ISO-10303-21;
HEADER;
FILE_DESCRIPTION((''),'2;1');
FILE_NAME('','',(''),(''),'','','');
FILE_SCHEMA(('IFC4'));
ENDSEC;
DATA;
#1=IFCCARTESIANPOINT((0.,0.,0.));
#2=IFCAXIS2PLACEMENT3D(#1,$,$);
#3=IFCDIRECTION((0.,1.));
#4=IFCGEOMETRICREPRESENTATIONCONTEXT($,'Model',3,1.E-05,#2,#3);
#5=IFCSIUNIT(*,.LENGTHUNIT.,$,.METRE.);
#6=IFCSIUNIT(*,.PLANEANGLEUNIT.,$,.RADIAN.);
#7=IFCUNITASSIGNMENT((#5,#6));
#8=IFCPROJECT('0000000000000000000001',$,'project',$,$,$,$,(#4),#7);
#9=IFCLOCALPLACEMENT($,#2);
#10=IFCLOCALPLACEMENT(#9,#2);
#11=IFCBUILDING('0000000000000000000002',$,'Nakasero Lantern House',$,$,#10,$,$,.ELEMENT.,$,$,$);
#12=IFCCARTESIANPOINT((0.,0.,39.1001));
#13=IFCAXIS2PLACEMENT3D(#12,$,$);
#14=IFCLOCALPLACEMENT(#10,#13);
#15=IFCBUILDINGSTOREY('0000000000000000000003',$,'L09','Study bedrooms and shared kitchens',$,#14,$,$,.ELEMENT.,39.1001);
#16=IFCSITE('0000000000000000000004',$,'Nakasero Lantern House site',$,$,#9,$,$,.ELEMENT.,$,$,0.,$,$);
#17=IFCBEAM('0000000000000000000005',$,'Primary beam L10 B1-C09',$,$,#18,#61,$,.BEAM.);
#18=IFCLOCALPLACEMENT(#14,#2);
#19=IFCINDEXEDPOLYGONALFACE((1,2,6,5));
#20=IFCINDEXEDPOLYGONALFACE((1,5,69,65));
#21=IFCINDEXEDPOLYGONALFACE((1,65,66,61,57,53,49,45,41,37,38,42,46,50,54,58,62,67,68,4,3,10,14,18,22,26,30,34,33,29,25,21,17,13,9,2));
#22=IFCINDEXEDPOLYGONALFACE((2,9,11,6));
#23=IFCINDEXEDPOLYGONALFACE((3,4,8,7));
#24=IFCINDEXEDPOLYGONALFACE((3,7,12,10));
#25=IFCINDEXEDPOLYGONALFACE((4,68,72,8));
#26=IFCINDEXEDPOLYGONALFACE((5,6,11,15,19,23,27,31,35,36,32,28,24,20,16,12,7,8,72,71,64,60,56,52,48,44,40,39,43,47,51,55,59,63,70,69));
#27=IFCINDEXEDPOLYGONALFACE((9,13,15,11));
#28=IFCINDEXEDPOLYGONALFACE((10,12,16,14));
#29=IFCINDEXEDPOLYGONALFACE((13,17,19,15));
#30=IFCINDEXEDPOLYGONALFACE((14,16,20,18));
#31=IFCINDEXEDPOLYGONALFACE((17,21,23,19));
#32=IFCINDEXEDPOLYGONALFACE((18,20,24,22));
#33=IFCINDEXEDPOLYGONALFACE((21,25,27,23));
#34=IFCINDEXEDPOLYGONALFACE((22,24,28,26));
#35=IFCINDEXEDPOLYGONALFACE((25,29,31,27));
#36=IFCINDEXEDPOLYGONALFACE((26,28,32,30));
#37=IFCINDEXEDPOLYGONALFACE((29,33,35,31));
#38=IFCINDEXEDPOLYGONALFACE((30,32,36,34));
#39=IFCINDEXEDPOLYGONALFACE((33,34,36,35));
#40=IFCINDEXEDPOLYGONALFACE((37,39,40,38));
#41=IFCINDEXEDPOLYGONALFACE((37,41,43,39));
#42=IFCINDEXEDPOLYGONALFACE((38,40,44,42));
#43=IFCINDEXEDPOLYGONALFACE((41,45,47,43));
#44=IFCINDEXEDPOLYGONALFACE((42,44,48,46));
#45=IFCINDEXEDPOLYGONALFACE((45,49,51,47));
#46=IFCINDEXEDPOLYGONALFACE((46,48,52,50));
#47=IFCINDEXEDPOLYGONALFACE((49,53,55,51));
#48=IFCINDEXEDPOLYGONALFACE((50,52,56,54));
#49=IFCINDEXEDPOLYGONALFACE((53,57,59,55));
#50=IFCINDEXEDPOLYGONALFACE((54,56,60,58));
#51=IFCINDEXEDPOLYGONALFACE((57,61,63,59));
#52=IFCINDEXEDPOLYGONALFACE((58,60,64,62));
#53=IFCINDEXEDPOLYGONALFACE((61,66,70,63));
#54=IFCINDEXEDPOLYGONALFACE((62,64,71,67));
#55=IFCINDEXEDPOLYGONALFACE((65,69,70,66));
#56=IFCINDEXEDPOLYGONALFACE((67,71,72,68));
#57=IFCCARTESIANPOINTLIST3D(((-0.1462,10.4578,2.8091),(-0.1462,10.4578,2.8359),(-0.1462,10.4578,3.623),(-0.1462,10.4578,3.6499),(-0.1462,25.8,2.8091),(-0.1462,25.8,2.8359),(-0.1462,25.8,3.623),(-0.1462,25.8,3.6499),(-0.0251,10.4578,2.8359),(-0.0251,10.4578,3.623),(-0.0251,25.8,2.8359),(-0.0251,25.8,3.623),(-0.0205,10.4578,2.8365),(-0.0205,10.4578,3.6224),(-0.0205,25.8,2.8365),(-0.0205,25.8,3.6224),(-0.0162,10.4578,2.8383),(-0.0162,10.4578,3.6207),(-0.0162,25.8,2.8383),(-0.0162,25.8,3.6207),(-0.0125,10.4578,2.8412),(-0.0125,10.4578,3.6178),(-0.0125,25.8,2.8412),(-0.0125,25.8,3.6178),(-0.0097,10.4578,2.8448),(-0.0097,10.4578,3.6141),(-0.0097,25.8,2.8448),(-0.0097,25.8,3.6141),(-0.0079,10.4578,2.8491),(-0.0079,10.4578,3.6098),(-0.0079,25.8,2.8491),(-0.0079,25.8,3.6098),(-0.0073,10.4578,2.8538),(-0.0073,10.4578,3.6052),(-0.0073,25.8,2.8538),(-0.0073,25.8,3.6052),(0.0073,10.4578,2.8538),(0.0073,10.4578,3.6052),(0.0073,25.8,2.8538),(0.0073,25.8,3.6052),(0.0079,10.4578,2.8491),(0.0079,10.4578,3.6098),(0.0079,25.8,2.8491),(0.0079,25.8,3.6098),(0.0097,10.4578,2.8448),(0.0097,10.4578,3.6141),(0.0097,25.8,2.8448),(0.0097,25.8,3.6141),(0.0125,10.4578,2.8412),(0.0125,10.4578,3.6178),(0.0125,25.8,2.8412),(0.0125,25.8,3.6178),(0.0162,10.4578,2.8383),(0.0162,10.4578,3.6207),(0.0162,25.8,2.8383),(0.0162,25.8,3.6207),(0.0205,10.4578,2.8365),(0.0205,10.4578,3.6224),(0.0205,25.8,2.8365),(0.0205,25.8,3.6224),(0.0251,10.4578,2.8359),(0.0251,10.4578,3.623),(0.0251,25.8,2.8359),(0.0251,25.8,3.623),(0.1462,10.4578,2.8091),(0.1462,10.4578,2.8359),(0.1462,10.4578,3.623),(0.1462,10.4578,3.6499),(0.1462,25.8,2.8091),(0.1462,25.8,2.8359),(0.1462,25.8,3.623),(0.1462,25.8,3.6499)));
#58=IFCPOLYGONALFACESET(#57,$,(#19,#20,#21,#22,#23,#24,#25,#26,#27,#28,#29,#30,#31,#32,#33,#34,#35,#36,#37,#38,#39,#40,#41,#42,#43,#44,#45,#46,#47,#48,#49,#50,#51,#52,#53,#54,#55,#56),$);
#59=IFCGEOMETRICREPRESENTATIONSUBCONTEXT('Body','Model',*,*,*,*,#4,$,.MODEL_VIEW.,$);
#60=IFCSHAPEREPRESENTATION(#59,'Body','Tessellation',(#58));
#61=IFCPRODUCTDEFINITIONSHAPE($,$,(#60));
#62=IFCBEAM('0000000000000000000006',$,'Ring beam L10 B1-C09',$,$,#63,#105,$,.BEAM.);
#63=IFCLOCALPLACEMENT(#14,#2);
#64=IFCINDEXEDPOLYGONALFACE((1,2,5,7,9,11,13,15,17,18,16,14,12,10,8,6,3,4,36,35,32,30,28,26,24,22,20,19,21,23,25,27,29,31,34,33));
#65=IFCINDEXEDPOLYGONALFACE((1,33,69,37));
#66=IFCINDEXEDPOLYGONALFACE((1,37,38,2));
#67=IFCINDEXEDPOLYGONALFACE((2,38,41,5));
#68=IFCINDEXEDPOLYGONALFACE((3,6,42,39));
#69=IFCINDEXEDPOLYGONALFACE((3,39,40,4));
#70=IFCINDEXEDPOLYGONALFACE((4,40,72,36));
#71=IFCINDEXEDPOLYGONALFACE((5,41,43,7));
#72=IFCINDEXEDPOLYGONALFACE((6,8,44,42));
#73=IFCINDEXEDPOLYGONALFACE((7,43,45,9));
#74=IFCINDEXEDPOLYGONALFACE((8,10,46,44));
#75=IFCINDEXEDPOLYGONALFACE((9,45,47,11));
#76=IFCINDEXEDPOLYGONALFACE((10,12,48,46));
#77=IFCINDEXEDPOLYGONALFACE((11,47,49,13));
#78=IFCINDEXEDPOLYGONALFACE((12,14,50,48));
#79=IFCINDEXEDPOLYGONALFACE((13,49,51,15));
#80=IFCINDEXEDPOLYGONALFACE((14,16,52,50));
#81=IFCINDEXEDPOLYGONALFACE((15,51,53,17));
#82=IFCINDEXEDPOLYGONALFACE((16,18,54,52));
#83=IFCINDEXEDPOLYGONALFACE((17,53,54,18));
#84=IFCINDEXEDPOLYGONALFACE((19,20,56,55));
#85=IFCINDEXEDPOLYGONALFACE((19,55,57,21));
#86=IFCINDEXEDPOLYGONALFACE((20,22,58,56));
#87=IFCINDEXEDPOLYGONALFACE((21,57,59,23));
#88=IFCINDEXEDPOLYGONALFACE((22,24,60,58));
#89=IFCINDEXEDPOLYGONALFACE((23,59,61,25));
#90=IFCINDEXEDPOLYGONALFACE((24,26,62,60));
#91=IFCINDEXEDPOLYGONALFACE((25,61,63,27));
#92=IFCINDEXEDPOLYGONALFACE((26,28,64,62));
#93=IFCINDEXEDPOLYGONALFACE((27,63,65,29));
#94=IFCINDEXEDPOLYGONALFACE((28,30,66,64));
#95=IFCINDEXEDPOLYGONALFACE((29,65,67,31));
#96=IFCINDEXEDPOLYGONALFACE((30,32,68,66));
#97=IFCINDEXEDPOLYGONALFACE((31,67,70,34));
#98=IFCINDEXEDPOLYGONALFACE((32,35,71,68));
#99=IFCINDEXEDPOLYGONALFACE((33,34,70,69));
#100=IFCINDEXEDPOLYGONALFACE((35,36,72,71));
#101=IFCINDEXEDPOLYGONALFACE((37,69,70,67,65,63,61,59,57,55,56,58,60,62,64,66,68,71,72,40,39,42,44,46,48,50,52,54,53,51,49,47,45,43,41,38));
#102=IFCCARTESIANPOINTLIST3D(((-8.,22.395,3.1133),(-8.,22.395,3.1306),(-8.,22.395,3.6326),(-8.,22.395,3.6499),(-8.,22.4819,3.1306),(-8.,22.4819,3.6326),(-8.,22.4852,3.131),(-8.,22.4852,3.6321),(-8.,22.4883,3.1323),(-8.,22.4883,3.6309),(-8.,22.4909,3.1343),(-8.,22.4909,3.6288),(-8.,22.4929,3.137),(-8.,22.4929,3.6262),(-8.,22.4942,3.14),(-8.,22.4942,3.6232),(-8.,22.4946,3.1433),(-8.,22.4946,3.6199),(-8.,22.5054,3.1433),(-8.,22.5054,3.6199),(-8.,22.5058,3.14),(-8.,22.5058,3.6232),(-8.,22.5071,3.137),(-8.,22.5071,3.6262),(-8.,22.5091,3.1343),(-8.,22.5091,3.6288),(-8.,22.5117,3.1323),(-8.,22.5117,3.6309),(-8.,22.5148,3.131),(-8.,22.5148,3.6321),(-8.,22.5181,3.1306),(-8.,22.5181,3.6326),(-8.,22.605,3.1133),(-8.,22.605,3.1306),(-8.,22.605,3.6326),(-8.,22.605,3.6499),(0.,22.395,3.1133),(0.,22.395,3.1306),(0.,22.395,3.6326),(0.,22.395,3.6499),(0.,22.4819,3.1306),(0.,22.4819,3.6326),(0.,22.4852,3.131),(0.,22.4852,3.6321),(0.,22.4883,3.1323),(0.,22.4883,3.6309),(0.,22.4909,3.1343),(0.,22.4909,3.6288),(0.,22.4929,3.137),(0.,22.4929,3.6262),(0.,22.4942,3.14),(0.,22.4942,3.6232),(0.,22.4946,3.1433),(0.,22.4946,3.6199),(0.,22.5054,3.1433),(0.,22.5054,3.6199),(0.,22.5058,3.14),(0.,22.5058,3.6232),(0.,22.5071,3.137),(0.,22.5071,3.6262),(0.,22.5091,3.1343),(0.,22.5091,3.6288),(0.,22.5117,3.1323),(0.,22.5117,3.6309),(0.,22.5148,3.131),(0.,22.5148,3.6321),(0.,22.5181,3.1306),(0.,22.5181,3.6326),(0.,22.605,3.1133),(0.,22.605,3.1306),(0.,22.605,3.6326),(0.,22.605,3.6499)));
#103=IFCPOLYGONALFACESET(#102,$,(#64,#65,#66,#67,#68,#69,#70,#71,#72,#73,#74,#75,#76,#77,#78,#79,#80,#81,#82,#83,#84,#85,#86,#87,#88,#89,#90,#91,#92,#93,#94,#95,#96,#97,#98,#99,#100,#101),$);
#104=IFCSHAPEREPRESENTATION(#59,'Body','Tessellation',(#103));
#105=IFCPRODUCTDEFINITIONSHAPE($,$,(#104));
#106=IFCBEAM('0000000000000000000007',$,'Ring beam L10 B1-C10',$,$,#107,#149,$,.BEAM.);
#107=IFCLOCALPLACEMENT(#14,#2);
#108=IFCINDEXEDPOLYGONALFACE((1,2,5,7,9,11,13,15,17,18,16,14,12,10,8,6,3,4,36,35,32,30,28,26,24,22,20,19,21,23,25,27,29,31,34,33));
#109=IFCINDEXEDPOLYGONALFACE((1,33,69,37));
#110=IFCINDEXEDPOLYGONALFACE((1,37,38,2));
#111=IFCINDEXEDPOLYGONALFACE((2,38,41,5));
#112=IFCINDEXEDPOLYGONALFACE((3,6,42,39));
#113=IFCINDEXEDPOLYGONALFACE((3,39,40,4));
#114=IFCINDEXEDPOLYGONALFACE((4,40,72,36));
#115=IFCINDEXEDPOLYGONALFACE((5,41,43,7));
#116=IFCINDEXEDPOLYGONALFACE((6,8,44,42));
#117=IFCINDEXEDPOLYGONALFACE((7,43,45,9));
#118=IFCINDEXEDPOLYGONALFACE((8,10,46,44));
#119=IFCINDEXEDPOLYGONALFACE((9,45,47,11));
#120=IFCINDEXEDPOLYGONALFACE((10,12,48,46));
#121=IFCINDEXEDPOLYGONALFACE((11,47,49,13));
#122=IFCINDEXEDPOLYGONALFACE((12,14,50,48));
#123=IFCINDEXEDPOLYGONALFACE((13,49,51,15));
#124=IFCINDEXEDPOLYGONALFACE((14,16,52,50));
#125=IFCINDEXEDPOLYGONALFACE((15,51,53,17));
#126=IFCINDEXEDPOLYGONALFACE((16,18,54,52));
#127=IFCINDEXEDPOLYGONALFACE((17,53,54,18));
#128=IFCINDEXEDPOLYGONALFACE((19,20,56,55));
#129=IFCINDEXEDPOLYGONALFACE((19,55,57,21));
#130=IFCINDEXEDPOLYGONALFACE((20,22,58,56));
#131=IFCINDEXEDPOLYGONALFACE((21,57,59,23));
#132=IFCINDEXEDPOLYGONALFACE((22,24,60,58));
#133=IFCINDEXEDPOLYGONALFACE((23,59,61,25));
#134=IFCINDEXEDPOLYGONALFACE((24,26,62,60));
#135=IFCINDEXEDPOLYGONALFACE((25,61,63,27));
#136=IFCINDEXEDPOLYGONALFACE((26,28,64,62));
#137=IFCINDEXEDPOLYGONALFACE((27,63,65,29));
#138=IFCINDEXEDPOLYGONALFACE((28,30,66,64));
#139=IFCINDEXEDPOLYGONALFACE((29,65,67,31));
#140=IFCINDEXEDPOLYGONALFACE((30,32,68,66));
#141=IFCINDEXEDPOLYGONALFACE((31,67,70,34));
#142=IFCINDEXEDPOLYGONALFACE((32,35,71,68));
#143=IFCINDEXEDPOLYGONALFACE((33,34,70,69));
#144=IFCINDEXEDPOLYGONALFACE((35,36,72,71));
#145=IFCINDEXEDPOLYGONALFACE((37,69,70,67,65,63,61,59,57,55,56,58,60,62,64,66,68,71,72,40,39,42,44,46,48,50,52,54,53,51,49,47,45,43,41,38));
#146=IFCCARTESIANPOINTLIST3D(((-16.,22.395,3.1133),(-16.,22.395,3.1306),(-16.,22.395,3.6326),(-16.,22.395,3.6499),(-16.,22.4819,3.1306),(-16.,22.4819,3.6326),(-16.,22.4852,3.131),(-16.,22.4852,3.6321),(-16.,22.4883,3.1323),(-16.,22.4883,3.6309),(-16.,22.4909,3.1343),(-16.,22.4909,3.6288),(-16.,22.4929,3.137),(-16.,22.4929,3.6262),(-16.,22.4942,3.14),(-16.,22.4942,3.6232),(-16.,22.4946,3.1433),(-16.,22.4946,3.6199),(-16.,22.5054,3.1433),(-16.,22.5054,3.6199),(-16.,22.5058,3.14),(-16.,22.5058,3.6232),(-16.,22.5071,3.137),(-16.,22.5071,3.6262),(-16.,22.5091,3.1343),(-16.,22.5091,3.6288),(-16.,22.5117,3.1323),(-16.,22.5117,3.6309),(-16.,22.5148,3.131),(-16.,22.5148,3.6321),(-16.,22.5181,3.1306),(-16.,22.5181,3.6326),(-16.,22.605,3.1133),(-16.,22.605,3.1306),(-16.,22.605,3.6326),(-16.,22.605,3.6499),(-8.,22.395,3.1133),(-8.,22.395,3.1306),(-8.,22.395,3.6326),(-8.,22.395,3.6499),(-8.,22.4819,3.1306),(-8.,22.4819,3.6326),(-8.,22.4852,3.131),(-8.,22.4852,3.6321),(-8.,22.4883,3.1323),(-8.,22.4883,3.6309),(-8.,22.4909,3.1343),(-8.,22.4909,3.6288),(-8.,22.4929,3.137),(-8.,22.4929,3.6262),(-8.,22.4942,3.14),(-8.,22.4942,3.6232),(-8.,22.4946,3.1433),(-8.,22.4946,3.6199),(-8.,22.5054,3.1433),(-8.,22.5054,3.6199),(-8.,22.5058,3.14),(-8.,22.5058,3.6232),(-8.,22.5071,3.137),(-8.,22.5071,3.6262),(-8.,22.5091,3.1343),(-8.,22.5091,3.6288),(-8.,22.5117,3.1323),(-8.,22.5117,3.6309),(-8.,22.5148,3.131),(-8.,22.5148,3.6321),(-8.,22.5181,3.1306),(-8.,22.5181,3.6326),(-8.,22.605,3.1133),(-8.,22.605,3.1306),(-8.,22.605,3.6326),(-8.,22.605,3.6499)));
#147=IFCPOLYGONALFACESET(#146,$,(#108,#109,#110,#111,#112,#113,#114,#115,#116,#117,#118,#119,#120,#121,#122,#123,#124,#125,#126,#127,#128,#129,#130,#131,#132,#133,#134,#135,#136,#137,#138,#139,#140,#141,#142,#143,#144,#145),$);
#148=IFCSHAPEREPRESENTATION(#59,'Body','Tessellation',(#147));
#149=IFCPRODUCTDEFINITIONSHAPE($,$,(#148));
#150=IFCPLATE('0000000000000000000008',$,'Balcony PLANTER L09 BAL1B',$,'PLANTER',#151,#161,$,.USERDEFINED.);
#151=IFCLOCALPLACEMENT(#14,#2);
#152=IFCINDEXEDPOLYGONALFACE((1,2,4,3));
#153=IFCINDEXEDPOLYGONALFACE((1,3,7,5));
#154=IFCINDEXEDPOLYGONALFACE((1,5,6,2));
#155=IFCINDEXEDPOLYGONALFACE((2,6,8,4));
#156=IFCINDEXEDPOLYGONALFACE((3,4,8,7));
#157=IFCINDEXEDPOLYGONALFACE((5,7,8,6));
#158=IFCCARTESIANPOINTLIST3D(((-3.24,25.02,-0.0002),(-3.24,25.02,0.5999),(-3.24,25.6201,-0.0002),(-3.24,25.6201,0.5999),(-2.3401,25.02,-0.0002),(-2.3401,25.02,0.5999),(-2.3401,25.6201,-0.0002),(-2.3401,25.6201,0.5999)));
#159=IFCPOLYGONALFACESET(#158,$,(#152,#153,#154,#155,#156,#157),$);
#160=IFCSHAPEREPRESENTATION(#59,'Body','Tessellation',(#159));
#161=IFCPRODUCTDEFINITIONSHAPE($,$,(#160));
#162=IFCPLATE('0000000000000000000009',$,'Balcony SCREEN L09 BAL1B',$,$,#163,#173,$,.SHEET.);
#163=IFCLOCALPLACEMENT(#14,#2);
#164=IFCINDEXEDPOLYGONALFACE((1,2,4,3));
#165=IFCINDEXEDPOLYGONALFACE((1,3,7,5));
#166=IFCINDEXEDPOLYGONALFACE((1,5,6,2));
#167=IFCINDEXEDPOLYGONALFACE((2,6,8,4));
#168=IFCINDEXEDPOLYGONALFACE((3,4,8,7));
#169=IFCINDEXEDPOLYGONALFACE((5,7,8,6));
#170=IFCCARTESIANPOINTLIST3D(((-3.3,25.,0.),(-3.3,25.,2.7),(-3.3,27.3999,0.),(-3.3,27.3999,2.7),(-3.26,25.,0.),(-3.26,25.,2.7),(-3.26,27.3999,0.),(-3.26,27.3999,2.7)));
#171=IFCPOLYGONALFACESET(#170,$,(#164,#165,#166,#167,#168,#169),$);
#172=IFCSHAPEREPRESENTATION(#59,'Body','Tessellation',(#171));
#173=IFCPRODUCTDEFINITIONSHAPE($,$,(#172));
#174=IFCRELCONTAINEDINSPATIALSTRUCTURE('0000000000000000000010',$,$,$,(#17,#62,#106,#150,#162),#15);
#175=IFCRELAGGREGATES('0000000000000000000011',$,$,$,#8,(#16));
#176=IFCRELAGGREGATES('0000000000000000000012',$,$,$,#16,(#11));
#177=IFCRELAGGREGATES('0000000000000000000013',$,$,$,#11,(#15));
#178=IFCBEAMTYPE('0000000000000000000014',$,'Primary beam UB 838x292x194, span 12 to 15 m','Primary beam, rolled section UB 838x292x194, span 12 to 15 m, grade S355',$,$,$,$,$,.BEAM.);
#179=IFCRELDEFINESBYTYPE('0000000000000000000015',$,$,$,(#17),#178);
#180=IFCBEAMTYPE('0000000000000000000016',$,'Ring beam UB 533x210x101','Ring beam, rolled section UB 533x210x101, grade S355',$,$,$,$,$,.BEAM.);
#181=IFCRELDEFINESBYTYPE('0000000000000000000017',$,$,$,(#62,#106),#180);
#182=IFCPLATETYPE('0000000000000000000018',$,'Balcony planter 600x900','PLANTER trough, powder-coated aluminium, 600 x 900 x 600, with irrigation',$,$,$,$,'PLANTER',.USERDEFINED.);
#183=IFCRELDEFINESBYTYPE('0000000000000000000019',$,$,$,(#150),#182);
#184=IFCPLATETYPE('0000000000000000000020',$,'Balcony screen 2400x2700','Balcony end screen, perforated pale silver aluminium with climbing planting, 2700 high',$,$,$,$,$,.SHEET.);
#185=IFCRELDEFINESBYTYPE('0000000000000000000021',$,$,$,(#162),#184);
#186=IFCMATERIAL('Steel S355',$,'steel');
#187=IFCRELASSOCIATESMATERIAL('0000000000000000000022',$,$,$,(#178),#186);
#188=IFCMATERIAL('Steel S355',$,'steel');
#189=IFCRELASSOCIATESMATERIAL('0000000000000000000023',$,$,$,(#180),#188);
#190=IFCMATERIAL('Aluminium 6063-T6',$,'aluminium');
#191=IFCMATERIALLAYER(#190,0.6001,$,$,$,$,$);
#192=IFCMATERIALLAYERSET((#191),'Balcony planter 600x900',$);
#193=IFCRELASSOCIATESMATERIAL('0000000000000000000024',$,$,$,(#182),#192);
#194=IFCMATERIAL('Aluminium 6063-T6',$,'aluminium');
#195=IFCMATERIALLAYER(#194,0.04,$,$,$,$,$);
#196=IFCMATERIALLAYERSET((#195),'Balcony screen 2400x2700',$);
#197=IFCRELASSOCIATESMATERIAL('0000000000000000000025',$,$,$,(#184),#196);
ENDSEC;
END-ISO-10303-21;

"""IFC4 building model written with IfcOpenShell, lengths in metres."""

from ifc_helpers import new_model, si_unit, direction, frame, origin, origin_2d, place, context, subcontext, project, spatial, rectangle, i_section, extrude, material, layer, layer_set, material_profile, profile_set, type_object, element, save


model = new_model("IFC4")

# Units and contexts
model_context = context("Model", 3, precision=1e-05, world=origin(), true_north=direction((0.0, 1.0)))
body_context = subcontext(model_context, "Body", "Model", "MODEL_VIEW")
ifc_project = project(units=[si_unit("LENGTHUNIT", "METRE"), si_unit("PLANEANGLEUNIT", "RADIAN")], contexts=[model_context])

# Site, building, storey
site_placement = place(None, origin())
site = spatial("IfcSite", under=ifc_project, at=site_placement, Name="Nakasero Lantern House site", CompositionType="ELEMENT", RefElevation=0.0)
building_placement = place(site_placement, origin())
building = spatial("IfcBuilding", under=site, at=building_placement, Name="Nakasero Lantern House", CompositionType="ELEMENT")
storey_placement = place(building_placement, frame((0.0, 0.0, 39.1001)))
storey = spatial("IfcBuildingStorey", under=building, at=storey_placement, Name="L09", Description="Study bedrooms and shared kitchens", CompositionType="ELEMENT", Elevation=39.1001)

# Beams
ifc_material_1 = material(Name="Steel S355", Category="steel")
ifc_material_profile_1 = material_profile(ifc_material_1, i_section(OverallWidth=0.2925, OverallDepth=0.8408, WebThickness=0.0146, FlangeThickness=0.0269, FilletRadius=0.0178, at=origin_2d()), Name="UB 838x292x194")
ifc_profile_set_1 = profile_set([ifc_material_profile_1], Name="Steel S355")
beam_type_1 = type_object("IfcBeamType", Name="Primary beam UB 838x292x194, span 12 to 15 m", Description="Primary beam, rolled section UB 838x292x194, span 12 to 15 m, grade S355", PredefinedType="BEAM", material=ifc_profile_set_1)
beam_1_placement = place(storey_placement, frame((0.0, 25.8, 3.2295), z_axis=(0.0, -1.0, 0.0), x_axis=(1.0, 0.0, 0.0)))
element("IfcBeam", 1, at=beam_1_placement, inside=storey, type_object=beam_type_1, Name="Primary beam L10 B1-C09", PredefinedType="BEAM", context=body_context, shape_type="SweptSolid", body=[
    extrude(i_section(OverallWidth=0.2925, OverallDepth=0.8408, WebThickness=0.0146, FlangeThickness=0.0269, FilletRadius=0.0178, at=origin_2d()), origin(), (0.0, 0.0, 1.0), 15.3423),
])
ifc_material_2 = material(Name="Steel S355", Category="steel")
ifc_material_profile_2 = material_profile(ifc_material_2, i_section(OverallWidth=0.21, OverallDepth=0.5366, WebThickness=0.0107, FlangeThickness=0.0173, FilletRadius=0.0127, at=origin_2d()), Name="UB 533x210x101")
ifc_profile_set_2 = profile_set([ifc_material_profile_2], Name="Steel S355")
beam_type_2 = type_object("IfcBeamType", Name="Ring beam UB 533x210x101", Description="Ring beam, rolled section UB 533x210x101, grade S355", PredefinedType="BEAM", material=ifc_profile_set_2)
for number, where, z_axis, x_axis, name in (
    (2, (0.0, 22.5, 3.3816), (-1.0, 0.0, 0.0), (0.0, -1.0, 0.0), "Ring beam L10 B1-C09"),
    (3, (-8.0, 22.5, 3.3816), (-1.0, 0.0, 0.0), (0.0, -1.0, 0.0), "Ring beam L10 B1-C10"),
):
    element("IfcBeam", number, at=place(storey_placement, frame(where, z_axis=z_axis, x_axis=x_axis)), inside=storey, type_object=beam_type_2, Name=name, PredefinedType="BEAM", context=body_context, shape_type="SweptSolid", body=[
        extrude(i_section(OverallWidth=0.21, OverallDepth=0.5366, WebThickness=0.0107, FlangeThickness=0.0173, FilletRadius=0.0127, at=origin_2d()), origin(), (0.0, 0.0, 1.0), 8.0),
    ])

# Plates
ifc_material_3 = material(Name="Aluminium 6063-T6", Category="aluminium")
ifc_layer_1 = layer(ifc_material_3, 0.6001)
ifc_layer_set_1 = layer_set([ifc_layer_1], Name="Balcony planter 600x900")
plate_type_1 = type_object("IfcPlateType", Name="Balcony planter 600x900", Description="PLANTER trough, powder-coated aluminium, 600 x 900 x 600, with irrigation", ElementType="PLANTER", PredefinedType="USERDEFINED", material=ifc_layer_set_1)
plate_1_placement = place(storey_placement, frame((-2.79, 25.3201, -0.0002), z_axis=(0.0, 0.0, 1.0), x_axis=(0.0, 1.0, 0.0)))
element("IfcPlate", 4, at=plate_1_placement, inside=storey, type_object=plate_type_1, Name="Balcony PLANTER L09 BAL1B", ObjectType="PLANTER", PredefinedType="USERDEFINED", context=body_context, shape_type="SweptSolid", body=[
    extrude(rectangle(XDim=0.6001, YDim=0.8999, at=origin_2d()), origin(), (0.0, 0.0, 1.0), 0.6001),
])
ifc_material_4 = material(Name="Aluminium 6063-T6", Category="aluminium")
ifc_layer_2 = layer(ifc_material_4, 0.04)
ifc_layer_set_2 = layer_set([ifc_layer_2], Name="Balcony screen 2400x2700")
plate_type_2 = type_object("IfcPlateType", Name="Balcony screen 2400x2700", Description="Balcony end screen, perforated pale silver aluminium with climbing planting, 2700 high", PredefinedType="SHEET", material=ifc_layer_set_2)
plate_2_placement = place(storey_placement, frame((-3.28, 26.2, 0.0), z_axis=(0.0, 0.0, 1.0), x_axis=(0.0, 1.0, 0.0)))
element("IfcPlate", 5, at=plate_2_placement, inside=storey, type_object=plate_type_2, Name="Balcony SCREEN L09 BAL1B", PredefinedType="SHEET", context=body_context, shape_type="SweptSolid", body=[
    extrude(rectangle(XDim=2.3999, YDim=0.04, at=origin_2d()), origin(), (0.0, 0.0, 1.0), 2.7),
])

save(model, "model.ifc")
